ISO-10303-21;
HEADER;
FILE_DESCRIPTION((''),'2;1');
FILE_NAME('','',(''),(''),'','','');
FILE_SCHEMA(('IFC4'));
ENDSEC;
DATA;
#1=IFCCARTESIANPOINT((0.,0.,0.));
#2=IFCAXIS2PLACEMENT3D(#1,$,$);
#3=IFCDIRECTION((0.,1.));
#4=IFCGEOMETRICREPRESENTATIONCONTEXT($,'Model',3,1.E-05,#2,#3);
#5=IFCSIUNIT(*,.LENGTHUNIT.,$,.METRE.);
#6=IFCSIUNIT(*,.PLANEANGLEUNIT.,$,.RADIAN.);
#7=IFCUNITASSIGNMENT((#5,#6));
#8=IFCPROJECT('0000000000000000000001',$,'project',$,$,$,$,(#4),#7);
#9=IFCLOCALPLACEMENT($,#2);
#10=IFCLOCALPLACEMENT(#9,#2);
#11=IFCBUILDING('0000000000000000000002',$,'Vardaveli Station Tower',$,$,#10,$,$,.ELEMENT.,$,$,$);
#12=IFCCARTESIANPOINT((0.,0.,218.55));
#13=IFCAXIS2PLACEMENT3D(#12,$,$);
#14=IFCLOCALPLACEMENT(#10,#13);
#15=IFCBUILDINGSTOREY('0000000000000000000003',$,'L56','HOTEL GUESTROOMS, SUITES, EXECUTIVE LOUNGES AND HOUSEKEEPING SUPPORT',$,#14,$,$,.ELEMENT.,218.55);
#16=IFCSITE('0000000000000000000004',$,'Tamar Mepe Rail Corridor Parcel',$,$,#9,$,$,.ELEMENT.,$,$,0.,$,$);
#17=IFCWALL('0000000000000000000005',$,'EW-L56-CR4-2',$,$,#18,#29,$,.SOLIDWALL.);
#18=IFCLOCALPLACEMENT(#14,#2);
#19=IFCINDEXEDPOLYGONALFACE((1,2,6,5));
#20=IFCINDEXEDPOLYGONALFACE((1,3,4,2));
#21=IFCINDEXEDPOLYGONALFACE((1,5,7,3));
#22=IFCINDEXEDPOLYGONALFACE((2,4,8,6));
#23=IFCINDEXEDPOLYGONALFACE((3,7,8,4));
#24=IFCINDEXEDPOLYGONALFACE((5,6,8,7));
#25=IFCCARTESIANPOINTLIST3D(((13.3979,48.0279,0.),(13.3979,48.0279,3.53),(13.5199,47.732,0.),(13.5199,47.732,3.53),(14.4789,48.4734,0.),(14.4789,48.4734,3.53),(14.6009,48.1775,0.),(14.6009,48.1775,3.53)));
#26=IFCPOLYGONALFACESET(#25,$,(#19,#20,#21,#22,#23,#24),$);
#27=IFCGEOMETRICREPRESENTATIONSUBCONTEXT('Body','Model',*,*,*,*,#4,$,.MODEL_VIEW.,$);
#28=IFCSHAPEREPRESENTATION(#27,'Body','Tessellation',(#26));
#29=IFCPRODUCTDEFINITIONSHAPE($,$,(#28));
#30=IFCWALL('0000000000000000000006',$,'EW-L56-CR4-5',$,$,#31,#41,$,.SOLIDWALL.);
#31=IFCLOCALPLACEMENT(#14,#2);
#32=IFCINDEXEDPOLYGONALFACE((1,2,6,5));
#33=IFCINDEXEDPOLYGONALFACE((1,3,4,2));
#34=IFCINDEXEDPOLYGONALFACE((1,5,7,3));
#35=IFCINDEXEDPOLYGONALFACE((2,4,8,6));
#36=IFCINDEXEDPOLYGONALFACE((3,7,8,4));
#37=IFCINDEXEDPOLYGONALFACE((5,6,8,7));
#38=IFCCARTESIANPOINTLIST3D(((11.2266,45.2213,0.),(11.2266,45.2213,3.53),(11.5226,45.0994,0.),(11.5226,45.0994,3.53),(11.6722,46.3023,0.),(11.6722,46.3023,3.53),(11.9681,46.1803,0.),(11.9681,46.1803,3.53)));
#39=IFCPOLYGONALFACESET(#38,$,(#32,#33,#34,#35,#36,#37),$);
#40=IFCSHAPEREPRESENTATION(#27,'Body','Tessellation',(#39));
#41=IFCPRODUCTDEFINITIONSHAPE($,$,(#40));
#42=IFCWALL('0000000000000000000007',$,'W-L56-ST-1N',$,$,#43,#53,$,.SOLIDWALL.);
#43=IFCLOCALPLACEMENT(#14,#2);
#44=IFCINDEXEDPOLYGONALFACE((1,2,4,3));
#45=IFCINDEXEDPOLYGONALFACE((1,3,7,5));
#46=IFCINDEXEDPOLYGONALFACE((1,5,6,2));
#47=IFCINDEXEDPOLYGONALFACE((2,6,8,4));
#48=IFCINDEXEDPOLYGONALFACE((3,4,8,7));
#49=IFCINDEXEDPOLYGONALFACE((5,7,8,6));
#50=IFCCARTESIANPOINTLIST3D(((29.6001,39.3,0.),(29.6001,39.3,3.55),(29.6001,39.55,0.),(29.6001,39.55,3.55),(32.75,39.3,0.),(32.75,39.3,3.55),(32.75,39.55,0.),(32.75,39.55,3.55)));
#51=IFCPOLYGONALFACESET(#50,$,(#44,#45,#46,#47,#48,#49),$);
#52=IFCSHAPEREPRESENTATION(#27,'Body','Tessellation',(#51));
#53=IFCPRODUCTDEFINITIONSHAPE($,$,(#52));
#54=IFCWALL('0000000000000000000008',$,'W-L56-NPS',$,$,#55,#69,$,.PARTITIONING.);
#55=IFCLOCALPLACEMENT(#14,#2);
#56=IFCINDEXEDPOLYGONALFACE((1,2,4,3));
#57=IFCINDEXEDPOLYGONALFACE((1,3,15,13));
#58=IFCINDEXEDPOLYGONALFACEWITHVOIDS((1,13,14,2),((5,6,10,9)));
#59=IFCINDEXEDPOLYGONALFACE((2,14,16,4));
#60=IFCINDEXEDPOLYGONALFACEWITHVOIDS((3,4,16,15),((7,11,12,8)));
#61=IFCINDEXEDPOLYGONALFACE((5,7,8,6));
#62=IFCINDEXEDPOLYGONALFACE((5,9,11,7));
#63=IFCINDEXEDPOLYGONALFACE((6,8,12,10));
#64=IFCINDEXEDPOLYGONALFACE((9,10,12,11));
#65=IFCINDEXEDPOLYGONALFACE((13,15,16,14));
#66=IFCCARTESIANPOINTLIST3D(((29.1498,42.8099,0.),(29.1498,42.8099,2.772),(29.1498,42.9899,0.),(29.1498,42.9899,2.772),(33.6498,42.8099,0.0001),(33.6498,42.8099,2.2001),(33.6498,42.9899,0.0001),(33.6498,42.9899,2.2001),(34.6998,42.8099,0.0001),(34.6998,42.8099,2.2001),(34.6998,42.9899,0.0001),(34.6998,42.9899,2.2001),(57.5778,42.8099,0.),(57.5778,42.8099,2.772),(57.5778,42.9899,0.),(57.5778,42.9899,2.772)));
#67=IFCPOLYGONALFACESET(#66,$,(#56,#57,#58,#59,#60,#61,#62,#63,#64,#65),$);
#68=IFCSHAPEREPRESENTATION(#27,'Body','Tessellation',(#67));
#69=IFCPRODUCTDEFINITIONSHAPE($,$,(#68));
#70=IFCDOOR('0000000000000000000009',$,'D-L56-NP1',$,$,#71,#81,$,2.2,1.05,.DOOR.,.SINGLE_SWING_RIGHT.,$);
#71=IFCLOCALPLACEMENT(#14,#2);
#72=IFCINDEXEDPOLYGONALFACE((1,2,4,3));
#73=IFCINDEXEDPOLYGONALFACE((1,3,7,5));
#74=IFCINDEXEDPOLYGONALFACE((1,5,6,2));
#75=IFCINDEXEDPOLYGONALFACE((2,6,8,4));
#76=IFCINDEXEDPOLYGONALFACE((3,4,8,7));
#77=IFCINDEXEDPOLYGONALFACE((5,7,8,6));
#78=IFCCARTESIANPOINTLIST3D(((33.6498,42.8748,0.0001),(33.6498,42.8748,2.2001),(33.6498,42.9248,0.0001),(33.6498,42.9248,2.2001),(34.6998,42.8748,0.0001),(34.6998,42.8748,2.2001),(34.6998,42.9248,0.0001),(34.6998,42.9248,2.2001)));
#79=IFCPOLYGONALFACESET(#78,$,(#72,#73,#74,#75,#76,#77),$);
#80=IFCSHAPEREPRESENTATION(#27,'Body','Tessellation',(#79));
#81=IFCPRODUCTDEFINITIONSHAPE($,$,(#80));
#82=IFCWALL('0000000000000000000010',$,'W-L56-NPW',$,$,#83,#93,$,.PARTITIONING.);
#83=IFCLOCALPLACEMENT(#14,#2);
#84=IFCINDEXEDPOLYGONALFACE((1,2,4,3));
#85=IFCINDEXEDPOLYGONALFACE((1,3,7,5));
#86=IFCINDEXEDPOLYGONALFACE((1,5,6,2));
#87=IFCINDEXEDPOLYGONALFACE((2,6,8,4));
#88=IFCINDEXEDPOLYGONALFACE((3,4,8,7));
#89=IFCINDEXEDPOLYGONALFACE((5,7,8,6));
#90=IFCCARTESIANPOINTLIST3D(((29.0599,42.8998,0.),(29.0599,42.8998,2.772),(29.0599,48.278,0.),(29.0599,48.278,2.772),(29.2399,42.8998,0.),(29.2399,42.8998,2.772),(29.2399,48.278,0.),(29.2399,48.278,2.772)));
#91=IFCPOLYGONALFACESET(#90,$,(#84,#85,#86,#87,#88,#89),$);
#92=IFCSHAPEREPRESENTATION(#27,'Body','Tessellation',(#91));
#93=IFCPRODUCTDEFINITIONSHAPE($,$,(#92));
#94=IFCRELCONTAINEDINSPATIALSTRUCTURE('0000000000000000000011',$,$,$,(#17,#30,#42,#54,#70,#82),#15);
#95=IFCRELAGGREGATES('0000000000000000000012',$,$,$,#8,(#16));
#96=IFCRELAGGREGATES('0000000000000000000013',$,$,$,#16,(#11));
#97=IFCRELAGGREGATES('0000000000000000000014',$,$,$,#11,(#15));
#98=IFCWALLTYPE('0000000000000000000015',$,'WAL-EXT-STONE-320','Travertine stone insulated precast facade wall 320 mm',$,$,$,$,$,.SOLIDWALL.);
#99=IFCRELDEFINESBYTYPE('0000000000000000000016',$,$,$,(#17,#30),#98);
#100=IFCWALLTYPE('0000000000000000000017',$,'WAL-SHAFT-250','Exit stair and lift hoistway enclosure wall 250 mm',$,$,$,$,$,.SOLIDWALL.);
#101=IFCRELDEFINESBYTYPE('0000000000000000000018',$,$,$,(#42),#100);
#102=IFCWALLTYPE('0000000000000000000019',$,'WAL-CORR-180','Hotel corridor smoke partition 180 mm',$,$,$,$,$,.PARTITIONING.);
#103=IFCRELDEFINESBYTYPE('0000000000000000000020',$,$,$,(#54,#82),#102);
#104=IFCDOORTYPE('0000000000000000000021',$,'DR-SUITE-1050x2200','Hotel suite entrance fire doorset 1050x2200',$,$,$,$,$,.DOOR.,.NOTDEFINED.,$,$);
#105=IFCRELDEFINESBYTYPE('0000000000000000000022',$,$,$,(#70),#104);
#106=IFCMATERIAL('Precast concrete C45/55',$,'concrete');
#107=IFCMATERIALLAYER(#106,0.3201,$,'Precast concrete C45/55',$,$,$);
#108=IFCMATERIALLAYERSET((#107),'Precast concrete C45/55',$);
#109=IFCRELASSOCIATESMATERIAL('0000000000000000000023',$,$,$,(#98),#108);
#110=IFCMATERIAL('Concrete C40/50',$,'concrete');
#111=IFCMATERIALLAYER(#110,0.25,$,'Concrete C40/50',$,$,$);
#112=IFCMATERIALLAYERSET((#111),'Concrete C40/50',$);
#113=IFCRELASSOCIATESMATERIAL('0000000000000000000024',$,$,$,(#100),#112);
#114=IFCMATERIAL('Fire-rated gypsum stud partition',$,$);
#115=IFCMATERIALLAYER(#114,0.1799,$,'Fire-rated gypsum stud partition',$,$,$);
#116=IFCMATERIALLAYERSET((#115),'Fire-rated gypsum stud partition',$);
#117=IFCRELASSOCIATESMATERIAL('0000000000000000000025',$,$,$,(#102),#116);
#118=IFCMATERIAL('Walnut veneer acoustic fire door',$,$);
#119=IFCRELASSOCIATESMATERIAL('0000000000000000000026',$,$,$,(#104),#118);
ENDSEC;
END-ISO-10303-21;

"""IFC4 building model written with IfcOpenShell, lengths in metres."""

from ifc_helpers import new_model, si_unit, direction, frame, frame_2d, origin, place, context, subcontext, project, spatial, rectangle, extrude, source, transform, mapped, material, layer, layer_set, type_object, element, fill, save


model = new_model("IFC4")

# Units and contexts
model_context = context("Model", 3, precision=1e-05, world=origin(), true_north=direction((0.0, 1.0)))
body_context = subcontext(model_context, "Body", "Model", "MODEL_VIEW")
ifc_project = project(units=[si_unit("LENGTHUNIT", "METRE"), si_unit("PLANEANGLEUNIT", "RADIAN")], contexts=[model_context])

# Site, building, storey
site_placement = place(None, origin())
site = spatial("IfcSite", under=ifc_project, at=site_placement, Name="Tamar Mepe Rail Corridor Parcel", CompositionType="ELEMENT", RefElevation=0.0)
building_placement = place(site_placement, origin())
building = spatial("IfcBuilding", under=site, at=building_placement, Name="Vardaveli Station Tower", CompositionType="ELEMENT")
storey_placement = place(building_placement, frame((0.0, 0.0, 218.55)))
storey = spatial("IfcBuildingStorey", under=building, at=storey_placement, Name="L56", Description="HOTEL GUESTROOMS, SUITES, EXECUTIVE LOUNGES AND HOUSEKEEPING SUPPORT", CompositionType="ELEMENT", Elevation=218.55)

# Shared definitions
ifc_material_1 = material(Name="Precast concrete C45/55", Category="concrete")

# Shared definitions
ifc_layer_1 = layer(ifc_material_1, 0.3201, Name="Precast concrete C45/55")
ifc_layer_set_1 = layer_set([ifc_layer_1], Name="Precast concrete C45/55")
wall_type_1 = type_object("IfcWallType", Name="WAL-EXT-STONE-320", Description="Travertine stone insulated precast facade wall 320 mm", PredefinedType="SOLIDWALL", material=ifc_layer_set_1)

# Walls
shared_shape_1 = source(origin(), body_context, "Body", "SweptSolid", [
    extrude(rectangle(XDim=1.1692, YDim=0.3201, at=frame_2d((0.5845, 0.0))), origin(), (0.0, 0.0, 1.0), 3.53),
])
for number, where, z_axis, x_axis, name in (
    (1, (14.5398, 48.3254, 0.0), (0.0, 0.0, 1.0), (-0.924553, -0.381054, 0.0), "EW-L56-CR4-2"),
    (2, (11.8201, 46.2412, 0.0), (0.0, 0.0, 1.0), (-0.381054, -0.924553, 0.0), "EW-L56-CR4-5"),
):
    element("IfcWall", number, at=place(storey_placement, frame(where, z_axis=z_axis, x_axis=x_axis)), inside=storey, type_object=wall_type_1, Name=name, PredefinedType="SOLIDWALL", context=body_context, shape_type="MappedRepresentation", body=[
        mapped(shared_shape_1, transform((0.0, 0.0, 0.0), scale=1.0)),
    ])
ifc_material_2 = material(Name="Concrete C40/50", Category="concrete")
ifc_layer_2 = layer(ifc_material_2, 0.25, Name="Concrete C40/50")
ifc_layer_set_2 = layer_set([ifc_layer_2], Name="Concrete C40/50")
wall_type_2 = type_object("IfcWallType", Name="WAL-SHAFT-250", Description="Exit stair and lift hoistway enclosure wall 250 mm", PredefinedType="SOLIDWALL", material=ifc_layer_set_2)
shared_shape_2 = source(origin(), body_context, "Body", "SweptSolid", [
    extrude(rectangle(XDim=3.1499, YDim=0.25, at=frame_2d((1.575, 0.0))), origin(), (0.0, 0.0, 1.0), 3.55),
])
wall_1_placement = place(storey_placement, frame((29.6001, 39.425, 0.0), z_axis=(0.0, 0.0, 1.0), x_axis=(1.0, 0.0, 0.0)))
element("IfcWall", 3, at=wall_1_placement, inside=storey, type_object=wall_type_2, Name="W-L56-ST-1N", PredefinedType="SOLIDWALL", context=body_context, shape_type="MappedRepresentation", body=[
    mapped(shared_shape_2, transform((0.0, 0.0, 0.0), scale=1.0)),
])

# Wall, opening, door
ifc_material_3 = material(Name="Fire-rated gypsum stud partition")
ifc_layer_3 = layer(ifc_material_3, 0.1799, Name="Fire-rated gypsum stud partition")
ifc_layer_set_3 = layer_set([ifc_layer_3], Name="Fire-rated gypsum stud partition")
wall_type_3 = type_object("IfcWallType", Name="WAL-CORR-180", Description="Hotel corridor smoke partition 180 mm", PredefinedType="PARTITIONING", material=ifc_layer_set_3)
shared_shape_3 = source(origin(), body_context, "Body", "SweptSolid", [
    extrude(rectangle(XDim=28.428, YDim=0.1799, at=frame_2d((14.2139, 0.0))), origin(), (0.0, 0.0, 1.0), 2.772),
])
wall_2_placement = place(storey_placement, frame((29.1499, 42.8999, 0.0), z_axis=(0.0, 0.0, 1.0), x_axis=(1.0, 0.0, 0.0)))
wall_2 = element("IfcWall", 4, at=wall_2_placement, inside=storey, type_object=wall_type_3, Name="W-L56-NPS", PredefinedType="PARTITIONING", context=body_context, shape_type="MappedRepresentation", body=[
    mapped(shared_shape_3, transform((0.0, 0.0, 0.0), scale=1.0)),
])
shared_shape_4 = source(origin(), body_context, "Body", "SweptSolid", [
    extrude(rectangle(XDim=1.05, YDim=2.2, at=frame_2d((0.5249, 1.1001))), frame((0.0, 0.1001, 0.0), z_axis=(0.0, -1.0, 0.0), x_axis=(1.0, 0.0, 0.0)), (0.0, 0.0, 1.0), 0.2),
])
opening_1_placement = place(wall_2_placement, frame((4.5, 0.0, 0.0)))
opening_1 = element("IfcOpeningElement", 5, at=opening_1_placement, cuts=wall_2, PredefinedType="OPENING", context=body_context, shape_type="MappedRepresentation", body=[
    mapped(shared_shape_4, transform((0.0, 0.0, 0.0), scale=1.0)),
])
ifc_material_4 = material(Name="Walnut veneer acoustic fire door")
door_type_1 = type_object("IfcDoorType", Name="DR-SUITE-1050x2200", Description="Hotel suite entrance fire doorset 1050x2200", OperationType="NOTDEFINED", PredefinedType="DOOR", material=ifc_material_4)
shared_shape_5 = source(origin(), body_context, "Body", "SweptSolid", [
    extrude(rectangle(XDim=1.05, YDim=2.2, at=frame_2d((0.5249, 1.1001))), frame((0.0, 0.0249, 0.0), z_axis=(0.0, -1.0, 0.0), x_axis=(1.0, 0.0, 0.0)), (0.0, 0.0, 1.0), 0.05),
])
door_1_placement = place(opening_1_placement, origin())
door_1 = element("IfcDoor", 6, at=door_1_placement, inside=storey, type_object=door_type_1, Name="D-L56-NP1", OperationType="SINGLE_SWING_RIGHT", OverallHeight=2.2, OverallWidth=1.05, PredefinedType="DOOR", context=body_context, shape_type="MappedRepresentation", body=[
    mapped(shared_shape_5, transform((0.0, 0.0, 0.0), scale=1.0)),
])
fill(opening_1, door_1)

# Wall
shared_shape_6 = source(origin(), body_context, "Body", "SweptSolid", [
    extrude(rectangle(XDim=5.3782, YDim=0.1799, at=frame_2d((2.689, 0.0))), origin(), (0.0, 0.0, 1.0), 2.772),
])
wall_3_placement = place(storey_placement, frame((29.1499, 42.8999, 0.0), z_axis=(0.0, 0.0, 1.0), x_axis=(0.0, 1.0, 0.0)))
element("IfcWall", 7, at=wall_3_placement, inside=storey, type_object=wall_type_3, Name="W-L56-NPW", PredefinedType="PARTITIONING", context=body_context, shape_type="MappedRepresentation", body=[
    mapped(shared_shape_6, transform((0.0, 0.0, 0.0), scale=1.0)),
])

save(model, "model.ifc")
